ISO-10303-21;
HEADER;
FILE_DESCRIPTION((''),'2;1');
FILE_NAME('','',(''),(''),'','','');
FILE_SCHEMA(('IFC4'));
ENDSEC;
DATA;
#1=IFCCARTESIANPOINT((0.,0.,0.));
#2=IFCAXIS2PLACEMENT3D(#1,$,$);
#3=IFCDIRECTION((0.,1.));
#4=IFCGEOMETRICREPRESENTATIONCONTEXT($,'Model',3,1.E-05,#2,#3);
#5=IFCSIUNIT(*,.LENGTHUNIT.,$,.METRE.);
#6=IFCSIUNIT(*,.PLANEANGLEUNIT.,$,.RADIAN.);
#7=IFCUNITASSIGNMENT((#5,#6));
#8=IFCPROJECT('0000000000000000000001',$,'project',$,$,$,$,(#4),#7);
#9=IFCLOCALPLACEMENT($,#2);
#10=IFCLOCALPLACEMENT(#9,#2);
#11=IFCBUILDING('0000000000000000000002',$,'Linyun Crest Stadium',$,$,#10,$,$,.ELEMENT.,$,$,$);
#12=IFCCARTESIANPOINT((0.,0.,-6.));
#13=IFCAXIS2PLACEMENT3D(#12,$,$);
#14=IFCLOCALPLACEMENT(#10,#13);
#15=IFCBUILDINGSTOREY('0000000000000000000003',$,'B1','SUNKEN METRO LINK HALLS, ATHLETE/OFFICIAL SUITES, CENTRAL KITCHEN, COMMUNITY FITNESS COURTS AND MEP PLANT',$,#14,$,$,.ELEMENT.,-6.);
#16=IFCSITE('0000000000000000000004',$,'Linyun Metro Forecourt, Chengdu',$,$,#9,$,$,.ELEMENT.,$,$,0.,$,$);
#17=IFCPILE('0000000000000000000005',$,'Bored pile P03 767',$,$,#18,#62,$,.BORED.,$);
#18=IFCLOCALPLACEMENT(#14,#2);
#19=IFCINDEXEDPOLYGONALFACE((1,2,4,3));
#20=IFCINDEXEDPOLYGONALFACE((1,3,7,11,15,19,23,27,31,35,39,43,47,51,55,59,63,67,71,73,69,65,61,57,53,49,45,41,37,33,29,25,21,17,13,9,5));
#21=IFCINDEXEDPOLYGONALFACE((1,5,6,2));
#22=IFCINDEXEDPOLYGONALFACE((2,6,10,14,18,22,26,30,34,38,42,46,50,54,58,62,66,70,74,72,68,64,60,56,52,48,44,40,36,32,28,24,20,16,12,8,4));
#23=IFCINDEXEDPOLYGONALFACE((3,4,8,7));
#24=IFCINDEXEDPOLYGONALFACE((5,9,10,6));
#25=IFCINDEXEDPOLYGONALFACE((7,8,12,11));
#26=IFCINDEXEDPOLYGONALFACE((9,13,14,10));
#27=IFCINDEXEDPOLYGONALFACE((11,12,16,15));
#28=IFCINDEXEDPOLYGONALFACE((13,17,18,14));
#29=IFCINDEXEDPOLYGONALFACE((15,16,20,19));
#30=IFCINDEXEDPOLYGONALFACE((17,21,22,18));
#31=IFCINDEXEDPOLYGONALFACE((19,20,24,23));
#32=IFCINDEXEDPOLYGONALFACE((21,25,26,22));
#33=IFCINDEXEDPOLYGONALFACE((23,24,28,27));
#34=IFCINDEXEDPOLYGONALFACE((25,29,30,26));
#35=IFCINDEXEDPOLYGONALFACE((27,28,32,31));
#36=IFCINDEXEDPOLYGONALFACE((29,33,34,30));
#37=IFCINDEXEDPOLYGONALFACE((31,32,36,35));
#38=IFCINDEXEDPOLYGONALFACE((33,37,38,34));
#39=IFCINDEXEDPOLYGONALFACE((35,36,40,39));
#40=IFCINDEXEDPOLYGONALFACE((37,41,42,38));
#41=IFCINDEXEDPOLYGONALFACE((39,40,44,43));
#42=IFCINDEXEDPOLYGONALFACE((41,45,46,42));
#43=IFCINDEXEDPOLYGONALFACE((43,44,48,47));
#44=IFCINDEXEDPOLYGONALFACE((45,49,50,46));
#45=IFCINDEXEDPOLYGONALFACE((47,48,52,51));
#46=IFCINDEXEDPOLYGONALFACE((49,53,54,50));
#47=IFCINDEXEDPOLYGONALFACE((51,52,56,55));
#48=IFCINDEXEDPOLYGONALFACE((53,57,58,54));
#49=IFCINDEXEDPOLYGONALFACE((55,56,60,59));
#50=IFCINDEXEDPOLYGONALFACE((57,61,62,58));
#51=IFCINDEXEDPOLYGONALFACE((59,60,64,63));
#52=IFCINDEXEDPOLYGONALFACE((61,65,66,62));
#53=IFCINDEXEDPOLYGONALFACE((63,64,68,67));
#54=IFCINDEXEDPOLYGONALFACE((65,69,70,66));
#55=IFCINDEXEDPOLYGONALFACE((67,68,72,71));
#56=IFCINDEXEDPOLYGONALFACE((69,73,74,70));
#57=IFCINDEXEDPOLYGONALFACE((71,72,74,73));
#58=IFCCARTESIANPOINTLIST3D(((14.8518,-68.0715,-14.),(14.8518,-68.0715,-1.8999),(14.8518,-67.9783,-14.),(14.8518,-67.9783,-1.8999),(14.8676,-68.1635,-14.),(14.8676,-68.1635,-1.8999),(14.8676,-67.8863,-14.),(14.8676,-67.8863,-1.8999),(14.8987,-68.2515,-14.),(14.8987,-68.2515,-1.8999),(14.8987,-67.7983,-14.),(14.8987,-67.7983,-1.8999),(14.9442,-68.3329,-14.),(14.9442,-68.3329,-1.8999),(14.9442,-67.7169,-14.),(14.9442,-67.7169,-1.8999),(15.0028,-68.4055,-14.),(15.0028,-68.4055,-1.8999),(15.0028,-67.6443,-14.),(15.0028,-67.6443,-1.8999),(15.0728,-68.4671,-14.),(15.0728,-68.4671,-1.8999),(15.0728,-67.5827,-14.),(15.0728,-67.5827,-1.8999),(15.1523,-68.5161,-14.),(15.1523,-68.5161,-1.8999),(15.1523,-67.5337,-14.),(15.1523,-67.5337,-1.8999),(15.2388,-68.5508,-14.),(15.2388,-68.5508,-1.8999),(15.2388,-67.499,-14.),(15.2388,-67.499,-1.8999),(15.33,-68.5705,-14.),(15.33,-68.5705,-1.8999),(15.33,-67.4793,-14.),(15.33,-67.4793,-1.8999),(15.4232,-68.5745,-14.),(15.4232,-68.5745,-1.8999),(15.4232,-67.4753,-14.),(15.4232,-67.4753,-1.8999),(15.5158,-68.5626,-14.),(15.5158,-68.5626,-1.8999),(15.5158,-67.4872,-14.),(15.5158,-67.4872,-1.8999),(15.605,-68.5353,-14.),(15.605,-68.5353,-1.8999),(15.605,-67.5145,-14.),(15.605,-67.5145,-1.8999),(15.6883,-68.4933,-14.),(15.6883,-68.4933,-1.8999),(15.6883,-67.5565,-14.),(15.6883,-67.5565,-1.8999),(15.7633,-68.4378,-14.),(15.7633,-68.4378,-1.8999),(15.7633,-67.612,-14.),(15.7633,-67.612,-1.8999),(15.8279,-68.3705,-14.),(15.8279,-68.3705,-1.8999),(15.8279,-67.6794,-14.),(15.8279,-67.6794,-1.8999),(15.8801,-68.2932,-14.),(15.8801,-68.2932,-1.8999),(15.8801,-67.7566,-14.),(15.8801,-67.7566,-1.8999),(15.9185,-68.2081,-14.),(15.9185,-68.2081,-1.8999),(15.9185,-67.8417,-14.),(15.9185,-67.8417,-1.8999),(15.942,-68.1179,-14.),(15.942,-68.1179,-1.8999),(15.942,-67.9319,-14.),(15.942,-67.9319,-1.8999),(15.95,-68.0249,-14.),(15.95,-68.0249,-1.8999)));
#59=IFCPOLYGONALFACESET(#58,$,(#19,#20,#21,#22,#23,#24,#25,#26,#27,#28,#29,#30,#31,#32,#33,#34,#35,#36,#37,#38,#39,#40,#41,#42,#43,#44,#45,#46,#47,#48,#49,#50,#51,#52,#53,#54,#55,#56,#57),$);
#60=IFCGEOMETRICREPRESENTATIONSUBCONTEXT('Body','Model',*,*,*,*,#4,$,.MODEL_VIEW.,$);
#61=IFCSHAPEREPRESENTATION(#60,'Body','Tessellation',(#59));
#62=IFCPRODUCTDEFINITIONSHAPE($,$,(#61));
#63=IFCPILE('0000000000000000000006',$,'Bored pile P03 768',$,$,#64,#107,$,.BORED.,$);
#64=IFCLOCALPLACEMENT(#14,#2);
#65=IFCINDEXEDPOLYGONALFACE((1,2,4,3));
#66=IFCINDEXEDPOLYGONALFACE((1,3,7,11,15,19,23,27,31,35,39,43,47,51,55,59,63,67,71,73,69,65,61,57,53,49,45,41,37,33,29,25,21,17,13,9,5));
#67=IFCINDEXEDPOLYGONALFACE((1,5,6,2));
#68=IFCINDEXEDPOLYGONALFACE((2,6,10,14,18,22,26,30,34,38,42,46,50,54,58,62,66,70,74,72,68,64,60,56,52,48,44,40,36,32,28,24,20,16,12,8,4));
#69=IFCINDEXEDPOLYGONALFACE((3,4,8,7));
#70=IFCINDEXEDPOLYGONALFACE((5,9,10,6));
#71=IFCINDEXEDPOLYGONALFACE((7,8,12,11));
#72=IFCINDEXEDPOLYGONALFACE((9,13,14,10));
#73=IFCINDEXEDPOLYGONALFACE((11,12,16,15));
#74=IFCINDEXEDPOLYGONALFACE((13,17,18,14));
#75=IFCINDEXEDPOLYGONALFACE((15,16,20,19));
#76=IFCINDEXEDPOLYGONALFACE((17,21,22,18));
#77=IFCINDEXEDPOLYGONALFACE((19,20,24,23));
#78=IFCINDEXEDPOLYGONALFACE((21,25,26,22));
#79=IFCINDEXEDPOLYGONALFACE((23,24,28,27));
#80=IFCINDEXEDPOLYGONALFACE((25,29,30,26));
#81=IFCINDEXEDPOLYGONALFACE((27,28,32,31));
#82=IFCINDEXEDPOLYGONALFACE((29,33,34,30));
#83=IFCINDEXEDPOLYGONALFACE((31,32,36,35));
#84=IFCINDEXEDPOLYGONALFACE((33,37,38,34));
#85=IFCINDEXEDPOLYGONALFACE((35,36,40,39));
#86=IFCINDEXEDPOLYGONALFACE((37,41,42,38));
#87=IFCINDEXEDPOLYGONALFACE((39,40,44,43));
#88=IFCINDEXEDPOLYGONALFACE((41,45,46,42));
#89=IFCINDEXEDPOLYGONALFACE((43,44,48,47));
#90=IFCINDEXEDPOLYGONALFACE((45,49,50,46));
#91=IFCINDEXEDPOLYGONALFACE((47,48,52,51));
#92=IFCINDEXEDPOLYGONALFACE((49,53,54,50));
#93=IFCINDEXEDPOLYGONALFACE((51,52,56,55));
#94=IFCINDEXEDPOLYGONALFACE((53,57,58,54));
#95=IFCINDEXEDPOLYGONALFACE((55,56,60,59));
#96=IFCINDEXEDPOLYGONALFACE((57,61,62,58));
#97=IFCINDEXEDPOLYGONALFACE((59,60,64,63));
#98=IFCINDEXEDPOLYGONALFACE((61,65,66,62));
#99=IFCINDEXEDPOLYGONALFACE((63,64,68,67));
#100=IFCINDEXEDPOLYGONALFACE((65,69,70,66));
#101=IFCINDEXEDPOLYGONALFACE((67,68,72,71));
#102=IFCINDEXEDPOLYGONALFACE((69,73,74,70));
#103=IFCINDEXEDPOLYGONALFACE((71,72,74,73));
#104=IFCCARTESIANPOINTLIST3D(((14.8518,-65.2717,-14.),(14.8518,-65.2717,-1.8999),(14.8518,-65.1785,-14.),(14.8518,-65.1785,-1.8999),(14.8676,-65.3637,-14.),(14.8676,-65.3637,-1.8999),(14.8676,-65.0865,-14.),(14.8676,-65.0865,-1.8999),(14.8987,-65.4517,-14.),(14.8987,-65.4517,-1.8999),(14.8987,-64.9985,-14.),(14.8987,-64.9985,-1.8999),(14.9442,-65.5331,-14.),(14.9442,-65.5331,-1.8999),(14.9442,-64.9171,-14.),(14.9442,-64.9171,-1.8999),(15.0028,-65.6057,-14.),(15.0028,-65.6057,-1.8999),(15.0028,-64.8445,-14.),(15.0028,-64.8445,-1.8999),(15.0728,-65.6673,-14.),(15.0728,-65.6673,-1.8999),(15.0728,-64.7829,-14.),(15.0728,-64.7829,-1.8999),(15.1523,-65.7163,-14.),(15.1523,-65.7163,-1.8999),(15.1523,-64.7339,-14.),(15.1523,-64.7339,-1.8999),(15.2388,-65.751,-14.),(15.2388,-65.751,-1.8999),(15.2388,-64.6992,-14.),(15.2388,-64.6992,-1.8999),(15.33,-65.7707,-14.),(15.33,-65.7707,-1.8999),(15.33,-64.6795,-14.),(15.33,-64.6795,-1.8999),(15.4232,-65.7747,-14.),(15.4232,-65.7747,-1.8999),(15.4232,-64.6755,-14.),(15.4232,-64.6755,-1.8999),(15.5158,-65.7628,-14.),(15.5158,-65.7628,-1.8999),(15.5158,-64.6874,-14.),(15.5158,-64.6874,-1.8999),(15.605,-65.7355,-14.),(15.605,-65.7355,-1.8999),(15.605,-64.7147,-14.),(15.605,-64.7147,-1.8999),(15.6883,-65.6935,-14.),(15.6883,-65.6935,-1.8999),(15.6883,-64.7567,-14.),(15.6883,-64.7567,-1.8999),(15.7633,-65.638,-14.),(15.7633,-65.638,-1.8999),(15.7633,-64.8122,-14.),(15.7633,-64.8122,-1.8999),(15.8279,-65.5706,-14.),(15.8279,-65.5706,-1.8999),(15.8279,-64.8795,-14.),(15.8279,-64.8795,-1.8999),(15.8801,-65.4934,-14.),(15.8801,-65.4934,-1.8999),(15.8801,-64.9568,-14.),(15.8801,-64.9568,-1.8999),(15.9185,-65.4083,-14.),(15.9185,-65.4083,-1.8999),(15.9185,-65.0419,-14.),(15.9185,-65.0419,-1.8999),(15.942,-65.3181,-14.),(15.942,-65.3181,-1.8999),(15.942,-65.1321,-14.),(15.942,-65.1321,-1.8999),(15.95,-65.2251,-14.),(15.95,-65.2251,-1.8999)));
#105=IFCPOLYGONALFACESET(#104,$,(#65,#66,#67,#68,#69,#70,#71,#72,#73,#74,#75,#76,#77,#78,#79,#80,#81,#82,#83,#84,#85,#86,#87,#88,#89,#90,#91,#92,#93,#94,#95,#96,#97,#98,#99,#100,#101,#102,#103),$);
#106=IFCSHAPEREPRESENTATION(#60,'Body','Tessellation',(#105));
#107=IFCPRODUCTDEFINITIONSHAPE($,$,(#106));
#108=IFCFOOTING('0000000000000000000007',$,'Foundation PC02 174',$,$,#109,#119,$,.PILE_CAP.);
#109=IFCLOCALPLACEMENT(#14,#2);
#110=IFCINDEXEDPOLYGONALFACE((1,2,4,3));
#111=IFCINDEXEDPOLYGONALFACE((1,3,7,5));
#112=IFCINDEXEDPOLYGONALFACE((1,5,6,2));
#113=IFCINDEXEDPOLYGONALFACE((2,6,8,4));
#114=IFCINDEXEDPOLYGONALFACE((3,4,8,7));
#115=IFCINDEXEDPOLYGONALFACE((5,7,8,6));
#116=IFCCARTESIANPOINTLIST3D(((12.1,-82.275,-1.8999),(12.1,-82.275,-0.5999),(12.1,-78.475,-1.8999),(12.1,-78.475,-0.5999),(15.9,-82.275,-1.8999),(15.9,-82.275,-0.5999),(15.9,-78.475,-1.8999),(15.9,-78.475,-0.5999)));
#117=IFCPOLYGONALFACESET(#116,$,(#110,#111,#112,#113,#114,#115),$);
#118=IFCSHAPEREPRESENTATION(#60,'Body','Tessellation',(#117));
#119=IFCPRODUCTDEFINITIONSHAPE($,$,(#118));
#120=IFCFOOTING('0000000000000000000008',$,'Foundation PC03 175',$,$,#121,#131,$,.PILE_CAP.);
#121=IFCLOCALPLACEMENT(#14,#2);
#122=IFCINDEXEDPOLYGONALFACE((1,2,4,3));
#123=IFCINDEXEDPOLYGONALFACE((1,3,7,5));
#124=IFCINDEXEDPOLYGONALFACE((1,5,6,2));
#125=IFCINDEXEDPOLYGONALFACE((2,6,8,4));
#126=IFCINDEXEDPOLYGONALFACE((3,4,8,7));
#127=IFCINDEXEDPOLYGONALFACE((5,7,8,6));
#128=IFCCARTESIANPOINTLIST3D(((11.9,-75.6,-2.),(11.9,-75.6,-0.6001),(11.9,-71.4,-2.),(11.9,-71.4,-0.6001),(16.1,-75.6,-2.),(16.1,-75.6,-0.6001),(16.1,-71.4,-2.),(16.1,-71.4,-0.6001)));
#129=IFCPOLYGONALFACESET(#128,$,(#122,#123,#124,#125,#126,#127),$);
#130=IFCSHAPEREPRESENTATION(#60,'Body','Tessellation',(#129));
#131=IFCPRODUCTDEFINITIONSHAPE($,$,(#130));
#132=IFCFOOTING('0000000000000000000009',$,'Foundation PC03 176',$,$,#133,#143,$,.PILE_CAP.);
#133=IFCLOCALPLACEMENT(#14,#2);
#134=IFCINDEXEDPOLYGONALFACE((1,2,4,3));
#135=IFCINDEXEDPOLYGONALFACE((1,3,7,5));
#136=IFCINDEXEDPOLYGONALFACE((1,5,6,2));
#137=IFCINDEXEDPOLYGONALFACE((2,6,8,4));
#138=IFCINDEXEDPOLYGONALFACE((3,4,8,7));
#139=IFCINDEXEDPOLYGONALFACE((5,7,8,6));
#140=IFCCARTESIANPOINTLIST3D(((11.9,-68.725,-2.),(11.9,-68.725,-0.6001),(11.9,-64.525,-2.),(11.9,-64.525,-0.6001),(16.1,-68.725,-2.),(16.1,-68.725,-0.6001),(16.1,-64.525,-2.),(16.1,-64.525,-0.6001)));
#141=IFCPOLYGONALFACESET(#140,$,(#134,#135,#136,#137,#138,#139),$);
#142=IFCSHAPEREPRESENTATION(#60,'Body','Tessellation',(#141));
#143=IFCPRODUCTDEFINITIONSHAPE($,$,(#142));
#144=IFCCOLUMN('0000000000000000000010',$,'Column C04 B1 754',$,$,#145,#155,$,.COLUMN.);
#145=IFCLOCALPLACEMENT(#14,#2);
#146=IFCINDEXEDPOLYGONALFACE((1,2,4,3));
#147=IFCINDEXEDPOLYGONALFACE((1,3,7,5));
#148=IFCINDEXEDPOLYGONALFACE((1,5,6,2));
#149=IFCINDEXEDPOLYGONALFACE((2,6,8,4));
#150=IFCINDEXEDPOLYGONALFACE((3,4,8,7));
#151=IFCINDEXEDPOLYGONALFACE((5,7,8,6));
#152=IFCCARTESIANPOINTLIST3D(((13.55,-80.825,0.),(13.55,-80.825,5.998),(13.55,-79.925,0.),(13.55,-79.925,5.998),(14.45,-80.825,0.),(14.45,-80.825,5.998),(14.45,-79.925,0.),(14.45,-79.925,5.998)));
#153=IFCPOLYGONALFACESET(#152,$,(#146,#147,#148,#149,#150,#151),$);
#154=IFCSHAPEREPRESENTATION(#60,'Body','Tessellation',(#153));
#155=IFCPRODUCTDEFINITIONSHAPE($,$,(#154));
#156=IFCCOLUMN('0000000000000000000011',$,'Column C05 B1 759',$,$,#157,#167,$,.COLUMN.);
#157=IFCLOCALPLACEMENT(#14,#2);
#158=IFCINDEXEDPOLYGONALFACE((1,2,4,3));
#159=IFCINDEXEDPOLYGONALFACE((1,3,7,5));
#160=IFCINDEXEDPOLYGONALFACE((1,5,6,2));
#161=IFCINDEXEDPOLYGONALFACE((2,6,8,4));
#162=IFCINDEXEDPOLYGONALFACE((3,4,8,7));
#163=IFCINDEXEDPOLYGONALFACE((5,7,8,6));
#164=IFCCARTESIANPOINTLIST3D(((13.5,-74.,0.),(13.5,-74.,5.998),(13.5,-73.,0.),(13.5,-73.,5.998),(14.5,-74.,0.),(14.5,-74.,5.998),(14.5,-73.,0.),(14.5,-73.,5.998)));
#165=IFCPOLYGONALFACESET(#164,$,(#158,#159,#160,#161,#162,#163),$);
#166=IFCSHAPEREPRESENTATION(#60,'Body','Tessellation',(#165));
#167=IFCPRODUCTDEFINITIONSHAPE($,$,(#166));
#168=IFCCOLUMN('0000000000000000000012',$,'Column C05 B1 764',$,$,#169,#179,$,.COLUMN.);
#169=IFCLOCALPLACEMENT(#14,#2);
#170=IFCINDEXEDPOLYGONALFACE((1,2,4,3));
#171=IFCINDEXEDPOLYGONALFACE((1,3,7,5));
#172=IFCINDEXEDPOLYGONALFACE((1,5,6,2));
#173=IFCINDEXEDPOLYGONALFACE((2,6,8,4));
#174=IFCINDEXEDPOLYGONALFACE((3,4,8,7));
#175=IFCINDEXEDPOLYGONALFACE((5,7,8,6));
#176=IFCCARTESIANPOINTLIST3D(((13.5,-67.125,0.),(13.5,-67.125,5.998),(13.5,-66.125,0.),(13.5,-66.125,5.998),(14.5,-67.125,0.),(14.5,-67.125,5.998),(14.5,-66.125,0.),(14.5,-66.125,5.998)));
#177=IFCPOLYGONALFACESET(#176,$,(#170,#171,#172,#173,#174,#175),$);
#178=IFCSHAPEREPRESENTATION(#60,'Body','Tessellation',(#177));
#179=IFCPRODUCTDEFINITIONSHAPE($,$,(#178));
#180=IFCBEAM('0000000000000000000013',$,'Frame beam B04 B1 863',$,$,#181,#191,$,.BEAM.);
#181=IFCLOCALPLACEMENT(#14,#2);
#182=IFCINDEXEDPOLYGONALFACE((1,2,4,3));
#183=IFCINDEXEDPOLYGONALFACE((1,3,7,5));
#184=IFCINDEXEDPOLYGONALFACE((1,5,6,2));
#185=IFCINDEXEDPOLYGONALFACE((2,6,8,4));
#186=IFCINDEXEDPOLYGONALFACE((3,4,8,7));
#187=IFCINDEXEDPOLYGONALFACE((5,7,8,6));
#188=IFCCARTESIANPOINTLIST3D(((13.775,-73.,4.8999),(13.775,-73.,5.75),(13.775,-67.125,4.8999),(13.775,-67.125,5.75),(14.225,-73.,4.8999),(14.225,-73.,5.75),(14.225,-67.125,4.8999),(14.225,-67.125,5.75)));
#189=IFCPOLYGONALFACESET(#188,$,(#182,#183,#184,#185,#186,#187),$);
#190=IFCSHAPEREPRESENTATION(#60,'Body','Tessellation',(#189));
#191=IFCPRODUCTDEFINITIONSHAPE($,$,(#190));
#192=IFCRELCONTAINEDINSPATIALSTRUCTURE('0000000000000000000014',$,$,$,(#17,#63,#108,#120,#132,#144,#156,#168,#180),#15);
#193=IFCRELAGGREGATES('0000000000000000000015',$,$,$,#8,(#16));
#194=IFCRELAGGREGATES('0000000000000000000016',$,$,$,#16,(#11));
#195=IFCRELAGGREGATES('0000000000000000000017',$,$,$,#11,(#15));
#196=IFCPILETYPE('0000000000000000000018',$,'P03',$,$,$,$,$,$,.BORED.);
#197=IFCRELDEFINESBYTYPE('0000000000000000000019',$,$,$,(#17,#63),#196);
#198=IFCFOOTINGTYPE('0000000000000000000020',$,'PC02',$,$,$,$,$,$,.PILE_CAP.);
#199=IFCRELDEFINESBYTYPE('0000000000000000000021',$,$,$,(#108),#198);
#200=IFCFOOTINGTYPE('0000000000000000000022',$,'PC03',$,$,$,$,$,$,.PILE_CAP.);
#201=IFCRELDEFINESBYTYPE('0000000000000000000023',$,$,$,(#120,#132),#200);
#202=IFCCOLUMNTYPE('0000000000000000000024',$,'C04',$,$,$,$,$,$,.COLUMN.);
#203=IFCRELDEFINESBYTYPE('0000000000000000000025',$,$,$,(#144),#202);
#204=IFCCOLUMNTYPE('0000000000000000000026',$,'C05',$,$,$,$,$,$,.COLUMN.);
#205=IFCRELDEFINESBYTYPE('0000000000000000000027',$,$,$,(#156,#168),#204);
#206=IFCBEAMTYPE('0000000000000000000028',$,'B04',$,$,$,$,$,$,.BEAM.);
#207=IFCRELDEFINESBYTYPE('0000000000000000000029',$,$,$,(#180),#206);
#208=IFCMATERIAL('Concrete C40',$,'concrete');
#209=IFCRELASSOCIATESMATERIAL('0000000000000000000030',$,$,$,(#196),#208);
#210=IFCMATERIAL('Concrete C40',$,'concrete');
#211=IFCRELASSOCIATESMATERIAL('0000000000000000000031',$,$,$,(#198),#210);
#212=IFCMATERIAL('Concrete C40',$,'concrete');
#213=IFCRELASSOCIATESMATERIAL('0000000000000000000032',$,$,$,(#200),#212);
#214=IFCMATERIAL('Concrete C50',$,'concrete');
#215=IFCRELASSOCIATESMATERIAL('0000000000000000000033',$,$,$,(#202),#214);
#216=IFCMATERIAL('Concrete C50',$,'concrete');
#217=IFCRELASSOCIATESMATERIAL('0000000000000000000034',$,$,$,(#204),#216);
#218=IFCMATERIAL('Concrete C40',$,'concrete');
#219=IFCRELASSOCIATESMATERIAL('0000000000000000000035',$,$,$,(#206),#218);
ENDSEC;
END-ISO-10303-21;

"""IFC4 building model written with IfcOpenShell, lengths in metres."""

from ifc_helpers import new_model, si_unit, direction, frame, origin, origin_2d, place, context, subcontext, project, spatial, rectangle, circle, extrude, material, material_profile, profile_set, type_object, element, save


model = new_model("IFC4")

# Units and contexts
model_context = context("Model", 3, precision=1e-05, world=origin(), true_north=direction((0.0, 1.0)))
body_context = subcontext(model_context, "Body", "Model", "MODEL_VIEW")
ifc_project = project(units=[si_unit("LENGTHUNIT", "METRE"), si_unit("PLANEANGLEUNIT", "RADIAN")], contexts=[model_context])

# Site, building, storey
site_placement = place(None, origin())
site = spatial("IfcSite", under=ifc_project, at=site_placement, Name="Linyun Metro Forecourt, Chengdu", CompositionType="ELEMENT", RefElevation=0.0)
building_placement = place(site_placement, origin())
building = spatial("IfcBuilding", under=site, at=building_placement, Name="Linyun Crest Stadium", CompositionType="ELEMENT")
storey_placement = place(building_placement, frame((0.0, 0.0, -6.0)))
storey = spatial("IfcBuildingStorey", under=building, at=storey_placement, Name="B1", Description="SUNKEN METRO LINK HALLS, ATHLETE/OFFICIAL SUITES, CENTRAL KITCHEN, COMMUNITY FITNESS COURTS AND MEP PLANT", CompositionType="ELEMENT", Elevation=-6.0)

# Piles
ifc_material_1 = material(Name="Concrete C40", Category="concrete")
ifc_material_profile_1 = material_profile(ifc_material_1, circle(Radius=0.55, at=origin_2d()), Name="BORED PILE 1100")
ifc_profile_set_1 = profile_set([ifc_material_profile_1], Name="Concrete C40")
pile_type_1 = type_object("IfcPileType", Name="P03", PredefinedType="BORED", material=ifc_profile_set_1)
for number, where, z_axis, x_axis, name in (
    (1, (15.3999, -68.0249, -1.8999), (0.0, 0.0, -1.0), (1.0, 0.0, 0.0), "Bored pile P03 767"),
    (2, (15.3999, -65.2251, -1.8999), (0.0, 0.0, -1.0), (1.0, 0.0, 0.0), "Bored pile P03 768"),
):
    element("IfcPile", number, at=place(storey_placement, frame(where, z_axis=z_axis, x_axis=x_axis)), inside=storey, type_object=pile_type_1, Name=name, PredefinedType="BORED", context=body_context, shape_type="SweptSolid", body=[
        extrude(circle(Radius=0.55, at=origin_2d()), origin(), (0.0, 0.0, 1.0), 12.1001),
    ])

# Footings
ifc_material_2 = material(Name="Concrete C40", Category="concrete")
footing_type_1 = type_object("IfcFootingType", Name="PC02", PredefinedType="PILE_CAP", material=ifc_material_2)
footing_placement = place(storey_placement, frame((14.0, -80.375, -1.8999), z_axis=(0.0, 0.0, 1.0), x_axis=(1.0, 0.0, 0.0)))
element("IfcFooting", 3, at=footing_placement, inside=storey, type_object=footing_type_1, Name="Foundation PC02 174", PredefinedType="PILE_CAP", context=body_context, shape_type="SweptSolid", body=[
    extrude(rectangle(XDim=3.8, YDim=3.8, at=origin_2d()), origin(), (0.0, 0.0, 1.0), 1.3),
])
ifc_material_3 = material(Name="Concrete C40", Category="concrete")
footing_type_2 = type_object("IfcFootingType", Name="PC03", PredefinedType="PILE_CAP", material=ifc_material_3)
for number, where, z_axis, x_axis, name in (
    (4, (14.0, -73.5, -2.0), (0.0, 0.0, 1.0), (1.0, 0.0, 0.0), "Foundation PC03 175"),
    (5, (14.0, -66.625, -2.0), (0.0, 0.0, 1.0), (1.0, 0.0, 0.0), "Foundation PC03 176"),
):
    element("IfcFooting", number, at=place(storey_placement, frame(where, z_axis=z_axis, x_axis=x_axis)), inside=storey, type_object=footing_type_2, Name=name, PredefinedType="PILE_CAP", context=body_context, shape_type="SweptSolid", body=[
        extrude(rectangle(XDim=4.2, YDim=4.2, at=origin_2d()), origin(), (0.0, 0.0, 1.0), 1.3999),
    ])

# Columns
ifc_material_4 = material(Name="Concrete C50", Category="concrete")
ifc_material_profile_2 = material_profile(ifc_material_4, rectangle(XDim=0.8999, YDim=0.8999, at=origin_2d()), Name="RC 900x900")
ifc_profile_set_2 = profile_set([ifc_material_profile_2], Name="Concrete C50")
column_type_1 = type_object("IfcColumnType", Name="C04", PredefinedType="COLUMN", material=ifc_profile_set_2)
column_placement = place(storey_placement, frame((14.0, -80.375, 0.0), z_axis=(0.0, 0.0, 1.0), x_axis=(1.0, 0.0, 0.0)))
element("IfcColumn", 6, at=column_placement, inside=storey, type_object=column_type_1, Name="Column C04 B1 754", PredefinedType="COLUMN", context=body_context, shape_type="SweptSolid", body=[
    extrude(rectangle(XDim=0.8999, YDim=0.8999, at=origin_2d()), origin(), (0.0, 0.0, 1.0), 5.998),
])
ifc_material_5 = material(Name="Concrete C50", Category="concrete")
ifc_material_profile_3 = material_profile(ifc_material_5, rectangle(XDim=1.0, YDim=1.0, at=origin_2d()), Name="RC 1000x1000")
ifc_profile_set_3 = profile_set([ifc_material_profile_3], Name="Concrete C50")
column_type_2 = type_object("IfcColumnType", Name="C05", PredefinedType="COLUMN", material=ifc_profile_set_3)
for number, where, z_axis, x_axis, name in (
    (7, (14.0, -73.5, 0.0), (0.0, 0.0, 1.0), (1.0, 0.0, 0.0), "Column C05 B1 759"),
    (8, (14.0, -66.625, 0.0), (0.0, 0.0, 1.0), (1.0, 0.0, 0.0), "Column C05 B1 764"),
):
    element("IfcColumn", number, at=place(storey_placement, frame(where, z_axis=z_axis, x_axis=x_axis)), inside=storey, type_object=column_type_2, Name=name, PredefinedType="COLUMN", context=body_context, shape_type="SweptSolid", body=[
        extrude(rectangle(XDim=1.0, YDim=1.0, at=origin_2d()), origin(), (0.0, 0.0, 1.0), 5.998),
    ])

# Beam
ifc_material_6 = material(Name="Concrete C40", Category="concrete")
ifc_material_profile_4 = material_profile(ifc_material_6, rectangle(XDim=0.45, YDim=0.8501, at=origin_2d()), Name="RCB 850x450")
ifc_profile_set_4 = profile_set([ifc_material_profile_4], Name="Concrete C40")
beam_type_1 = type_object("IfcBeamType", Name="B04", PredefinedType="BEAM", material=ifc_profile_set_4)
beam_1_placement = place(storey_placement, frame((14.0, -73.0, 5.325), z_axis=(0.0, 1.0, 0.0), x_axis=(-1.0, 0.0, 0.0)))
element("IfcBeam", 9, at=beam_1_placement, inside=storey, type_object=beam_type_1, Name="Frame beam B04 B1 863", PredefinedType="BEAM", context=body_context, shape_type="SweptSolid", body=[
    extrude(rectangle(XDim=0.45, YDim=0.8501, at=origin_2d()), origin(), (0.0, 0.0, 1.0), 5.875),
])

save(model, "model.ifc")
